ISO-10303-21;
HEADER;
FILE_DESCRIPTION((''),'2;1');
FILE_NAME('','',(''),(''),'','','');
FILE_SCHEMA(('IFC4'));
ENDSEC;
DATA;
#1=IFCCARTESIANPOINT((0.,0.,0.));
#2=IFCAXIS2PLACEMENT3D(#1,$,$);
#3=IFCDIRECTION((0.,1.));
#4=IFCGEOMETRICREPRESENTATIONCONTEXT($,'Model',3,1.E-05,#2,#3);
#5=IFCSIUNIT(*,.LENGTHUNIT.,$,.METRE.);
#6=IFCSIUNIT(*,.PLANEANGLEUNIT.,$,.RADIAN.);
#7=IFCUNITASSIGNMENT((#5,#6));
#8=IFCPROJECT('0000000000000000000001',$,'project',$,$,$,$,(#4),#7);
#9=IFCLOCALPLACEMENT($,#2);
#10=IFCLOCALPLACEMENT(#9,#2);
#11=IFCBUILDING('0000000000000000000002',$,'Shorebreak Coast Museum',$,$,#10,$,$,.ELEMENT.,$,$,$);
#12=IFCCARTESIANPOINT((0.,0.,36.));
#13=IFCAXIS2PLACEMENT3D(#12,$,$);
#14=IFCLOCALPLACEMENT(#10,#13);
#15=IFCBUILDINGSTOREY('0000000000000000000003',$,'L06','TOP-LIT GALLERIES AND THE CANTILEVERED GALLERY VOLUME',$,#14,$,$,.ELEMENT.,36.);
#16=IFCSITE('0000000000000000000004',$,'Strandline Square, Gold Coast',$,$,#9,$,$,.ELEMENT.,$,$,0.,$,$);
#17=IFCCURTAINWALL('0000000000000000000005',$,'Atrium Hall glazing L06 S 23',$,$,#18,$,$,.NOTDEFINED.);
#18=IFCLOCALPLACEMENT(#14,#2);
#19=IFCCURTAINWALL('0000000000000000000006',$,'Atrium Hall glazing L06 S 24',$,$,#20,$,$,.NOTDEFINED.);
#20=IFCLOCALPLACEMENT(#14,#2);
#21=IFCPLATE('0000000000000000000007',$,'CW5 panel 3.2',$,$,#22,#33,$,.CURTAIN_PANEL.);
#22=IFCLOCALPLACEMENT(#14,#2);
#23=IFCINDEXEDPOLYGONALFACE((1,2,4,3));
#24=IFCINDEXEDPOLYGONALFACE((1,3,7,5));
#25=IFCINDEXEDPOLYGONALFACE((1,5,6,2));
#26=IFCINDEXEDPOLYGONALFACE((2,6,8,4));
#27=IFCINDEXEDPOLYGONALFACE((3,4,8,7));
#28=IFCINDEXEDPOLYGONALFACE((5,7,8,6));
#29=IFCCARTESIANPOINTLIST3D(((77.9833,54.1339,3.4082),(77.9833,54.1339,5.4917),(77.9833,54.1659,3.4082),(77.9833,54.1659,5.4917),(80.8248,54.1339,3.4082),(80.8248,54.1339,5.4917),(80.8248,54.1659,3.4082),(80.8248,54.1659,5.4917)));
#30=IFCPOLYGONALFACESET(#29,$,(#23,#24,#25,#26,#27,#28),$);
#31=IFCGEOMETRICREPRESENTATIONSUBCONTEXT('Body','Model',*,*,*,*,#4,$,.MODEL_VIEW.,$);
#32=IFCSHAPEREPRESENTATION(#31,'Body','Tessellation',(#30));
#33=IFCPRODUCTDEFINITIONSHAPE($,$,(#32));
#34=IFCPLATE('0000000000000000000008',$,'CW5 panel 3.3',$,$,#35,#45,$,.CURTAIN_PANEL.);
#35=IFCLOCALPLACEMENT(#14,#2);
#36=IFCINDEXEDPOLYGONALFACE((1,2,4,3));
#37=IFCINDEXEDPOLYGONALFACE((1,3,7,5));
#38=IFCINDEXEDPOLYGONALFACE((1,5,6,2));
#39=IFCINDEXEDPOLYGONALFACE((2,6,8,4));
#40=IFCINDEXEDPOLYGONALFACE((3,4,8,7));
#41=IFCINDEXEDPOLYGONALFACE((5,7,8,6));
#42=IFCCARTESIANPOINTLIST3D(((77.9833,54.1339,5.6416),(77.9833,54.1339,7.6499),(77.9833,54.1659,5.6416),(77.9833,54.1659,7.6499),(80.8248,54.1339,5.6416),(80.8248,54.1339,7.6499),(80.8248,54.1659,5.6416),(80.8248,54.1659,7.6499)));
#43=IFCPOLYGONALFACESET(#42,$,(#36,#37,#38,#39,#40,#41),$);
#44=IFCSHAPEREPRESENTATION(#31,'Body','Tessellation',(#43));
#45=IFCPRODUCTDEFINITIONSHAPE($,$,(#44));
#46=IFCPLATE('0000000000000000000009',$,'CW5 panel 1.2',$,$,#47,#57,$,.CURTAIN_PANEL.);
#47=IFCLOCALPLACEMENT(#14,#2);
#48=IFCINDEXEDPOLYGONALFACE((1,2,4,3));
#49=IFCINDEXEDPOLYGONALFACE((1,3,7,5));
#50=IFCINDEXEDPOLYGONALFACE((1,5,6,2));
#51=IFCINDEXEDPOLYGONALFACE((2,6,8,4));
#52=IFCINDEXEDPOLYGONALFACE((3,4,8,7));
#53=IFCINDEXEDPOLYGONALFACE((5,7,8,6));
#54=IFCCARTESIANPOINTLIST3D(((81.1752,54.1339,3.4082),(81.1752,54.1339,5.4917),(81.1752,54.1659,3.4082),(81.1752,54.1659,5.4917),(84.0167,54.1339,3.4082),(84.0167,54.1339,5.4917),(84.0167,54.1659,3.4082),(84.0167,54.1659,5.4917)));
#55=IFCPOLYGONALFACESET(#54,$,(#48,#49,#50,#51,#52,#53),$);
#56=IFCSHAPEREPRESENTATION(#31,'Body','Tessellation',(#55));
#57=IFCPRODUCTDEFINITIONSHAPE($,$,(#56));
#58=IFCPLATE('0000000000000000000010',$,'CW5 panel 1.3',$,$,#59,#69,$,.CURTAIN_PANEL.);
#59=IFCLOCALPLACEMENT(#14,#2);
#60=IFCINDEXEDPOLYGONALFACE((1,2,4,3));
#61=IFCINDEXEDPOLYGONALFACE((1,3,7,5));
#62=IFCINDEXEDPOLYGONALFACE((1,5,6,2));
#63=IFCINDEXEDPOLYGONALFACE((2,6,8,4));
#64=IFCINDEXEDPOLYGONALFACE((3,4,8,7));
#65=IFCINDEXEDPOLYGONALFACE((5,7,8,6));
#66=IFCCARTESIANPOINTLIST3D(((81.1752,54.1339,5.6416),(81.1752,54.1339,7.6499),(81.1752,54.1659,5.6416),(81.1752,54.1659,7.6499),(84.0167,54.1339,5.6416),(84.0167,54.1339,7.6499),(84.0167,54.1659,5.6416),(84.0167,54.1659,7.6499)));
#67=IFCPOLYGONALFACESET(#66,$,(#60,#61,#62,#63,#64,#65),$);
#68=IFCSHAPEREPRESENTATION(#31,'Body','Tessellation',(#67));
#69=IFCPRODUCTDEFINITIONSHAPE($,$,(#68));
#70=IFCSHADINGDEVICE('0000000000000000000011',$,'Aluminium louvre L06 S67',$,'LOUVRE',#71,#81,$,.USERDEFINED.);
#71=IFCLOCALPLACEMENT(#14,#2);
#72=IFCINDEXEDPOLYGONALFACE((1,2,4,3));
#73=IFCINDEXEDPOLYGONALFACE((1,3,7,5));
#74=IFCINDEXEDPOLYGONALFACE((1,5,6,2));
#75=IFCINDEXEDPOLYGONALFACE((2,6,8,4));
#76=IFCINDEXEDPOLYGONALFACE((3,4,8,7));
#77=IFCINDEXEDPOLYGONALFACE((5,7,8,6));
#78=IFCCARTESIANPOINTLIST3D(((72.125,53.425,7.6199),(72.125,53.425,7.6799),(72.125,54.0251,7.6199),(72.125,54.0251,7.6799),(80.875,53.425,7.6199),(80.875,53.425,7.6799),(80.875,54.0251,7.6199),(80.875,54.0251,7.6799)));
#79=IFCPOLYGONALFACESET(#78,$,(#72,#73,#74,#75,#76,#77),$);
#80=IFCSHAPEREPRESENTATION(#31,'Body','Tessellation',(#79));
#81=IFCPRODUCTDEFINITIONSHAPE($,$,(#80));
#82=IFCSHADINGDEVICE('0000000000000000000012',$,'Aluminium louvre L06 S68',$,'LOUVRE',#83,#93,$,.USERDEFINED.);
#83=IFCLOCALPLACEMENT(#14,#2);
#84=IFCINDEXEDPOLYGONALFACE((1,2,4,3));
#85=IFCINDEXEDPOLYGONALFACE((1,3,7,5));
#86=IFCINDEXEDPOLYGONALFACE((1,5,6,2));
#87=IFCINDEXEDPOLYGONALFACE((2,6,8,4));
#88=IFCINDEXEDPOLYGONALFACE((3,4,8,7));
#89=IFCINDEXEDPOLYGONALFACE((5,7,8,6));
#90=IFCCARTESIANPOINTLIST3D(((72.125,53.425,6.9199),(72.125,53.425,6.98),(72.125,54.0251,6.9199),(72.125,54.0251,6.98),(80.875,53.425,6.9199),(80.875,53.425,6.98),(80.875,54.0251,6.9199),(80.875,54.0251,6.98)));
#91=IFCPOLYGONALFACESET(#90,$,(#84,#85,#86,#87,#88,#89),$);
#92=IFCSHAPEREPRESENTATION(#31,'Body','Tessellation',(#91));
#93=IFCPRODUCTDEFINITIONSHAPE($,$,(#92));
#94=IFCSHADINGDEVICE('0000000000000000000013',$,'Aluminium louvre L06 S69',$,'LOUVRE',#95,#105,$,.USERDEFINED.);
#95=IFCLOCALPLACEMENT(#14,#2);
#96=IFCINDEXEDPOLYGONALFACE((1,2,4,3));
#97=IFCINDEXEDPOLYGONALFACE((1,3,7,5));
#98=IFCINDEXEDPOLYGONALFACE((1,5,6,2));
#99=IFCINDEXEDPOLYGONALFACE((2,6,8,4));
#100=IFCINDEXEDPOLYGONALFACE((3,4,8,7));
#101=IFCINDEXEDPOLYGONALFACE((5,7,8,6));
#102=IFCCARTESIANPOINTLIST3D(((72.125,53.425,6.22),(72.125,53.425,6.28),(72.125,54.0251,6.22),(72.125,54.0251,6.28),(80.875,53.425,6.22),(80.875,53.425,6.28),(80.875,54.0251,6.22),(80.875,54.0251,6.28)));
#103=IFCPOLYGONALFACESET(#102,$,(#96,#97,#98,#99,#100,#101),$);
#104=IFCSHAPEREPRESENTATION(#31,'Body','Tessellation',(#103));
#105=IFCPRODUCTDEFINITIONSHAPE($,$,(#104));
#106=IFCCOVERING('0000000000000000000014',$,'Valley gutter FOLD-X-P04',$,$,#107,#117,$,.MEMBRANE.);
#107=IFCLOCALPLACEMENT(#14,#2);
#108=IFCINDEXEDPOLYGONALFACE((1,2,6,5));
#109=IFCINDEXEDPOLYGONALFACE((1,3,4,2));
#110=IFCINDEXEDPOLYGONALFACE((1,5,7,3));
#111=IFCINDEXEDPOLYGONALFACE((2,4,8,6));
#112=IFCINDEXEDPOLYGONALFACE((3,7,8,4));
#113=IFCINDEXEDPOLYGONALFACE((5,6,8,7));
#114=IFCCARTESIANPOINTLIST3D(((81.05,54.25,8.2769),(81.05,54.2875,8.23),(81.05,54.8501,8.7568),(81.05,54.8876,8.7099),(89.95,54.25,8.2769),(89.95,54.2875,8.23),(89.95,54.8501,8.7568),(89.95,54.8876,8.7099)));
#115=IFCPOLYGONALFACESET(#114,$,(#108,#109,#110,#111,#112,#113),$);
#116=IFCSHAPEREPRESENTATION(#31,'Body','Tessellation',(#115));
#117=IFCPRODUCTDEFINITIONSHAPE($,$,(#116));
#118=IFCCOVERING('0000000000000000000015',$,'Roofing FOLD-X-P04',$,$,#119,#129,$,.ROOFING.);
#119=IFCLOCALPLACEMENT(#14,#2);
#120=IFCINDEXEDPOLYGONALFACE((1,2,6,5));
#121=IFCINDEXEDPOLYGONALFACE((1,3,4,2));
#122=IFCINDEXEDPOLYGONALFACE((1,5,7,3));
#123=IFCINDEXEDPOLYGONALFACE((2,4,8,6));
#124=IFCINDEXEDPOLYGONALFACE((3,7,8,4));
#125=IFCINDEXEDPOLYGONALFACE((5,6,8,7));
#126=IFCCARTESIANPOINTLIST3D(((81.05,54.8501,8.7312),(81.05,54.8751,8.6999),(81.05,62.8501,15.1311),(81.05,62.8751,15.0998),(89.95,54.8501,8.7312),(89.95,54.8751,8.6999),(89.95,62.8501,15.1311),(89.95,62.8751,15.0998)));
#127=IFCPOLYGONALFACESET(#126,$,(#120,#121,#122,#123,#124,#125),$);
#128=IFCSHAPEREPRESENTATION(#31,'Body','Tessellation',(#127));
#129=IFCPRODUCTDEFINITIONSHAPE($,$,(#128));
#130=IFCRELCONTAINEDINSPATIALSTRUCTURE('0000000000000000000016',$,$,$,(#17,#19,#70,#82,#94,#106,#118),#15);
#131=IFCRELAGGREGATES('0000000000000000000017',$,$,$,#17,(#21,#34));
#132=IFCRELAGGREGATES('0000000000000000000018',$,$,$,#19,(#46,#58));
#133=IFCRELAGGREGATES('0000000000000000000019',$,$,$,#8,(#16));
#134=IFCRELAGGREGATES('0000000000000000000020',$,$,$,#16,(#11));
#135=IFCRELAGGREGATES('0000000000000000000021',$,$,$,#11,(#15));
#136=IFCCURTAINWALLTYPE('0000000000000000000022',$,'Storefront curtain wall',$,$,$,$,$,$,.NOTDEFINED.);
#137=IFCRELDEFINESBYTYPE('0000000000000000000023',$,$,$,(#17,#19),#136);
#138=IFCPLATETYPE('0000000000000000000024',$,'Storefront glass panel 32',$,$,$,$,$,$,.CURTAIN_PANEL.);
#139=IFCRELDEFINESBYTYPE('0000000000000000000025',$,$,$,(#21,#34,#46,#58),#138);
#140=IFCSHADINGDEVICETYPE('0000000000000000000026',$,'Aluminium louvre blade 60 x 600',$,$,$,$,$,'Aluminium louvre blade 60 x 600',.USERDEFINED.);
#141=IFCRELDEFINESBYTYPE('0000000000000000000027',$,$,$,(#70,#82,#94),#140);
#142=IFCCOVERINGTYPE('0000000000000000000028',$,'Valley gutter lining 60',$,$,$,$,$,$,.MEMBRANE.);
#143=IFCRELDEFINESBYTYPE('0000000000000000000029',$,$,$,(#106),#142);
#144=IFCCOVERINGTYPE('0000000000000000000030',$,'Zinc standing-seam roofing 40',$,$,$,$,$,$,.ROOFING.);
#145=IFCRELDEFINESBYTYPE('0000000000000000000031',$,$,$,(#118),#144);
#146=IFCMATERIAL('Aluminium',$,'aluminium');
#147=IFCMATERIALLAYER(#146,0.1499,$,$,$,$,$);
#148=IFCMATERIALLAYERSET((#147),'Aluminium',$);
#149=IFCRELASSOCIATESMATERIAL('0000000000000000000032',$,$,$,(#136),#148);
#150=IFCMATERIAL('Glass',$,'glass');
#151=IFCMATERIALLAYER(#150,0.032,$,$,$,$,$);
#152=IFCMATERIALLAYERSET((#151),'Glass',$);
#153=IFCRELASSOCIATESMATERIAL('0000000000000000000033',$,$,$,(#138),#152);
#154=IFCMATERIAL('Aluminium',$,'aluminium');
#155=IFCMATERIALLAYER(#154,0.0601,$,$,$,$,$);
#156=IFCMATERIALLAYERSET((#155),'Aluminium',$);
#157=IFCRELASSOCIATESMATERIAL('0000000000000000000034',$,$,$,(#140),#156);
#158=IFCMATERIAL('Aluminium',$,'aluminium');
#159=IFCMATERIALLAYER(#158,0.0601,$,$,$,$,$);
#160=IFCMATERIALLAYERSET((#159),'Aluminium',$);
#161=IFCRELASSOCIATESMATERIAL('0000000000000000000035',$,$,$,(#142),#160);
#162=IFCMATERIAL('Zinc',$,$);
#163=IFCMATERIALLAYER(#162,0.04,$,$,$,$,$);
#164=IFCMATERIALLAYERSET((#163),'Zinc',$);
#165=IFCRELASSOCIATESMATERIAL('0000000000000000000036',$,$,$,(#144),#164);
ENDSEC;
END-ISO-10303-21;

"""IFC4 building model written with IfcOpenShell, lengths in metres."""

from ifc_helpers import new_model, si_unit, direction, frame, origin, origin_2d, place, context, subcontext, project, spatial, polyline, rectangle, outline, extrude, material, layer, layer_set, type_object, element, aggregate, save


model = new_model("IFC4")

# Units and contexts
model_context = context("Model", 3, precision=1e-05, world=origin(), true_north=direction((0.0, 1.0)))
body_context = subcontext(model_context, "Body", "Model", "MODEL_VIEW")
ifc_project = project(units=[si_unit("LENGTHUNIT", "METRE"), si_unit("PLANEANGLEUNIT", "RADIAN")], contexts=[model_context])

# Site, building, storey
site_placement = place(None, origin())
site = spatial("IfcSite", under=ifc_project, at=site_placement, Name="Strandline Square, Gold Coast", CompositionType="ELEMENT", RefElevation=0.0)
building_placement = place(site_placement, origin())
building = spatial("IfcBuilding", under=site, at=building_placement, Name="Shorebreak Coast Museum", CompositionType="ELEMENT")
storey_placement = place(building_placement, frame((0.0, 0.0, 36.0)))
storey = spatial("IfcBuildingStorey", under=building, at=storey_placement, Name="L06", Description="TOP-LIT GALLERIES AND THE CANTILEVERED GALLERY VOLUME", CompositionType="ELEMENT", Elevation=36.0)

# Curtain walls
ifc_material_1 = material(Name="Aluminium", Category="aluminium")
ifc_layer_1 = layer(ifc_material_1, 0.1499)
ifc_layer_set_1 = layer_set([ifc_layer_1], Name="Aluminium")
curtain_wall_type = type_object("IfcCurtainWallType", Name="Storefront curtain wall", PredefinedType="NOTDEFINED", material=ifc_layer_set_1)
curtain_wall_1_placement = place(storey_placement, origin())
curtain_wall_1 = element("IfcCurtainWall", 1, at=curtain_wall_1_placement, inside=storey, type_object=curtain_wall_type, Name="Atrium Hall glazing L06 S 23", PredefinedType="NOTDEFINED")
curtain_wall_2_placement = place(storey_placement, origin())
curtain_wall_2 = element("IfcCurtainWall", 2, at=curtain_wall_2_placement, inside=storey, type_object=curtain_wall_type, Name="Atrium Hall glazing L06 S 24", PredefinedType="NOTDEFINED")

# Plates
ifc_material_2 = material(Name="Glass", Category="glass")
ifc_layer_2 = layer(ifc_material_2, 0.032)
ifc_layer_set_2 = layer_set([ifc_layer_2], Name="Glass")
plate_type = type_object("IfcPlateType", Name="Storefront glass panel 32", PredefinedType="CURTAIN_PANEL", material=ifc_layer_set_2)
plate_1_placement = place(storey_placement, frame((79.4041, 54.1499, 3.4082), z_axis=(0.0, 0.0, 1.0), x_axis=(1.0, 0.0, 0.0)))
plate_1 = element("IfcPlate", 3, at=plate_1_placement, type_object=plate_type, Name="CW5 panel 3.2", PredefinedType="CURTAIN_PANEL", context=body_context, shape_type="SweptSolid", body=[
    extrude(rectangle(XDim=2.8416, YDim=0.032, at=origin_2d()), origin(), (0.0, 0.0, 1.0), 2.0835),
])
plate_2_placement = place(storey_placement, frame((79.4041, 54.1499, 5.6416), z_axis=(0.0, 0.0, 1.0), x_axis=(1.0, 0.0, 0.0)))
plate_2 = element("IfcPlate", 4, at=plate_2_placement, type_object=plate_type, Name="CW5 panel 3.3", PredefinedType="CURTAIN_PANEL", context=body_context, shape_type="SweptSolid", body=[
    extrude(rectangle(XDim=2.8416, YDim=0.032, at=origin_2d()), origin(), (0.0, 0.0, 1.0), 2.0083),
])
aggregate(curtain_wall_1, [plate_1, plate_2])
plate_3_placement = place(storey_placement, frame((82.5959, 54.1499, 3.4082), z_axis=(0.0, 0.0, 1.0), x_axis=(1.0, 0.0, 0.0)))
plate_3 = element("IfcPlate", 5, at=plate_3_placement, type_object=plate_type, Name="CW5 panel 1.2", PredefinedType="CURTAIN_PANEL", context=body_context, shape_type="SweptSolid", body=[
    extrude(rectangle(XDim=2.8416, YDim=0.032, at=origin_2d()), origin(), (0.0, 0.0, 1.0), 2.0835),
])
plate_4_placement = place(storey_placement, frame((82.5959, 54.1499, 5.6416), z_axis=(0.0, 0.0, 1.0), x_axis=(1.0, 0.0, 0.0)))
plate_4 = element("IfcPlate", 6, at=plate_4_placement, type_object=plate_type, Name="CW5 panel 1.3", PredefinedType="CURTAIN_PANEL", context=body_context, shape_type="SweptSolid", body=[
    extrude(rectangle(XDim=2.8416, YDim=0.032, at=origin_2d()), origin(), (0.0, 0.0, 1.0), 2.0083),
])
aggregate(curtain_wall_2, [plate_3, plate_4])

# Shading devices
ifc_material_3 = material(Name="Aluminium", Category="aluminium")
ifc_layer_3 = layer(ifc_material_3, 0.0601)
ifc_layer_set_3 = layer_set([ifc_layer_3], Name="Aluminium")
shading_device_type = type_object("IfcShadingDeviceType", Name="Aluminium louvre blade 60 x 600", ElementType="Aluminium louvre blade 60 x 600", PredefinedType="USERDEFINED", material=ifc_layer_set_3)
for number, where, z_axis, x_axis, name in (
    (7, (76.5, 53.7251, 7.6199), (0.0, 0.0, 1.0), (1.0, 0.0, 0.0), "Aluminium louvre L06 S67"),
    (8, (76.5, 53.7251, 6.9199), (0.0, 0.0, 1.0), (1.0, 0.0, 0.0), "Aluminium louvre L06 S68"),
    (9, (76.5, 53.7251, 6.22), (0.0, 0.0, 1.0), (1.0, 0.0, 0.0), "Aluminium louvre L06 S69"),
):
    element("IfcShadingDevice", number, at=place(storey_placement, frame(where, z_axis=z_axis, x_axis=x_axis)), inside=storey, type_object=shading_device_type, Name=name, ObjectType="LOUVRE", PredefinedType="USERDEFINED", context=body_context, shape_type="SweptSolid", body=[
        extrude(rectangle(XDim=8.75, YDim=0.6001, at=origin_2d()), origin(), (0.0, 0.0, 1.0), 0.0601),
    ])

# Coverings
ifc_material_4 = material(Name="Aluminium", Category="aluminium")
ifc_layer_4 = layer(ifc_material_4, 0.0601)
ifc_layer_set_4 = layer_set([ifc_layer_4], Name="Aluminium")
covering_type_1 = type_object("IfcCoveringType", Name="Valley gutter lining 60", PredefinedType="MEMBRANE", material=ifc_layer_set_4)
covering_1_placement = place(storey_placement, frame((81.05, 54.25, 8.2769), z_axis=(0.0, -0.624618, 0.780931), x_axis=(1.0, 0.0, 0.0)))
element("IfcCovering", 10, at=covering_1_placement, inside=storey, type_object=covering_type_1, Name="Valley gutter FOLD-X-P04", PredefinedType="MEMBRANE", context=body_context, shape_type="SweptSolid", body=[
    extrude(outline(polyline([(0.0, 0.0), (8.8999, 0.0), (8.8999, 0.7684), (0.0, 0.7684), (0.0, 0.0)])), origin(), (0.0, 0.0, -1.0), 0.0601),
])
ifc_material_5 = material(Name="Zinc")
ifc_layer_5 = layer(ifc_material_5, 0.04)
ifc_layer_set_5 = layer_set([ifc_layer_5], Name="Zinc")
covering_type_2 = type_object("IfcCoveringType", Name="Zinc standing-seam roofing 40", PredefinedType="ROOFING", material=ifc_layer_set_5)
covering_2_placement = place(storey_placement, frame((81.05, 54.8501, 8.7312), z_axis=(0.0, -0.624689, 0.780873), x_axis=(1.0, 0.0, 0.0)))
element("IfcCovering", 11, at=covering_2_placement, inside=storey, type_object=covering_type_2, Name="Roofing FOLD-X-P04", PredefinedType="ROOFING", context=body_context, shape_type="SweptSolid", body=[
    extrude(outline(polyline([(0.0, 0.0), (8.8999, 0.0), (8.8999, 10.2449), (0.0, 10.2449), (0.0, 0.0)])), origin(), (0.0, 0.0, -1.0), 0.04),
])

save(model, "model.ifc")
